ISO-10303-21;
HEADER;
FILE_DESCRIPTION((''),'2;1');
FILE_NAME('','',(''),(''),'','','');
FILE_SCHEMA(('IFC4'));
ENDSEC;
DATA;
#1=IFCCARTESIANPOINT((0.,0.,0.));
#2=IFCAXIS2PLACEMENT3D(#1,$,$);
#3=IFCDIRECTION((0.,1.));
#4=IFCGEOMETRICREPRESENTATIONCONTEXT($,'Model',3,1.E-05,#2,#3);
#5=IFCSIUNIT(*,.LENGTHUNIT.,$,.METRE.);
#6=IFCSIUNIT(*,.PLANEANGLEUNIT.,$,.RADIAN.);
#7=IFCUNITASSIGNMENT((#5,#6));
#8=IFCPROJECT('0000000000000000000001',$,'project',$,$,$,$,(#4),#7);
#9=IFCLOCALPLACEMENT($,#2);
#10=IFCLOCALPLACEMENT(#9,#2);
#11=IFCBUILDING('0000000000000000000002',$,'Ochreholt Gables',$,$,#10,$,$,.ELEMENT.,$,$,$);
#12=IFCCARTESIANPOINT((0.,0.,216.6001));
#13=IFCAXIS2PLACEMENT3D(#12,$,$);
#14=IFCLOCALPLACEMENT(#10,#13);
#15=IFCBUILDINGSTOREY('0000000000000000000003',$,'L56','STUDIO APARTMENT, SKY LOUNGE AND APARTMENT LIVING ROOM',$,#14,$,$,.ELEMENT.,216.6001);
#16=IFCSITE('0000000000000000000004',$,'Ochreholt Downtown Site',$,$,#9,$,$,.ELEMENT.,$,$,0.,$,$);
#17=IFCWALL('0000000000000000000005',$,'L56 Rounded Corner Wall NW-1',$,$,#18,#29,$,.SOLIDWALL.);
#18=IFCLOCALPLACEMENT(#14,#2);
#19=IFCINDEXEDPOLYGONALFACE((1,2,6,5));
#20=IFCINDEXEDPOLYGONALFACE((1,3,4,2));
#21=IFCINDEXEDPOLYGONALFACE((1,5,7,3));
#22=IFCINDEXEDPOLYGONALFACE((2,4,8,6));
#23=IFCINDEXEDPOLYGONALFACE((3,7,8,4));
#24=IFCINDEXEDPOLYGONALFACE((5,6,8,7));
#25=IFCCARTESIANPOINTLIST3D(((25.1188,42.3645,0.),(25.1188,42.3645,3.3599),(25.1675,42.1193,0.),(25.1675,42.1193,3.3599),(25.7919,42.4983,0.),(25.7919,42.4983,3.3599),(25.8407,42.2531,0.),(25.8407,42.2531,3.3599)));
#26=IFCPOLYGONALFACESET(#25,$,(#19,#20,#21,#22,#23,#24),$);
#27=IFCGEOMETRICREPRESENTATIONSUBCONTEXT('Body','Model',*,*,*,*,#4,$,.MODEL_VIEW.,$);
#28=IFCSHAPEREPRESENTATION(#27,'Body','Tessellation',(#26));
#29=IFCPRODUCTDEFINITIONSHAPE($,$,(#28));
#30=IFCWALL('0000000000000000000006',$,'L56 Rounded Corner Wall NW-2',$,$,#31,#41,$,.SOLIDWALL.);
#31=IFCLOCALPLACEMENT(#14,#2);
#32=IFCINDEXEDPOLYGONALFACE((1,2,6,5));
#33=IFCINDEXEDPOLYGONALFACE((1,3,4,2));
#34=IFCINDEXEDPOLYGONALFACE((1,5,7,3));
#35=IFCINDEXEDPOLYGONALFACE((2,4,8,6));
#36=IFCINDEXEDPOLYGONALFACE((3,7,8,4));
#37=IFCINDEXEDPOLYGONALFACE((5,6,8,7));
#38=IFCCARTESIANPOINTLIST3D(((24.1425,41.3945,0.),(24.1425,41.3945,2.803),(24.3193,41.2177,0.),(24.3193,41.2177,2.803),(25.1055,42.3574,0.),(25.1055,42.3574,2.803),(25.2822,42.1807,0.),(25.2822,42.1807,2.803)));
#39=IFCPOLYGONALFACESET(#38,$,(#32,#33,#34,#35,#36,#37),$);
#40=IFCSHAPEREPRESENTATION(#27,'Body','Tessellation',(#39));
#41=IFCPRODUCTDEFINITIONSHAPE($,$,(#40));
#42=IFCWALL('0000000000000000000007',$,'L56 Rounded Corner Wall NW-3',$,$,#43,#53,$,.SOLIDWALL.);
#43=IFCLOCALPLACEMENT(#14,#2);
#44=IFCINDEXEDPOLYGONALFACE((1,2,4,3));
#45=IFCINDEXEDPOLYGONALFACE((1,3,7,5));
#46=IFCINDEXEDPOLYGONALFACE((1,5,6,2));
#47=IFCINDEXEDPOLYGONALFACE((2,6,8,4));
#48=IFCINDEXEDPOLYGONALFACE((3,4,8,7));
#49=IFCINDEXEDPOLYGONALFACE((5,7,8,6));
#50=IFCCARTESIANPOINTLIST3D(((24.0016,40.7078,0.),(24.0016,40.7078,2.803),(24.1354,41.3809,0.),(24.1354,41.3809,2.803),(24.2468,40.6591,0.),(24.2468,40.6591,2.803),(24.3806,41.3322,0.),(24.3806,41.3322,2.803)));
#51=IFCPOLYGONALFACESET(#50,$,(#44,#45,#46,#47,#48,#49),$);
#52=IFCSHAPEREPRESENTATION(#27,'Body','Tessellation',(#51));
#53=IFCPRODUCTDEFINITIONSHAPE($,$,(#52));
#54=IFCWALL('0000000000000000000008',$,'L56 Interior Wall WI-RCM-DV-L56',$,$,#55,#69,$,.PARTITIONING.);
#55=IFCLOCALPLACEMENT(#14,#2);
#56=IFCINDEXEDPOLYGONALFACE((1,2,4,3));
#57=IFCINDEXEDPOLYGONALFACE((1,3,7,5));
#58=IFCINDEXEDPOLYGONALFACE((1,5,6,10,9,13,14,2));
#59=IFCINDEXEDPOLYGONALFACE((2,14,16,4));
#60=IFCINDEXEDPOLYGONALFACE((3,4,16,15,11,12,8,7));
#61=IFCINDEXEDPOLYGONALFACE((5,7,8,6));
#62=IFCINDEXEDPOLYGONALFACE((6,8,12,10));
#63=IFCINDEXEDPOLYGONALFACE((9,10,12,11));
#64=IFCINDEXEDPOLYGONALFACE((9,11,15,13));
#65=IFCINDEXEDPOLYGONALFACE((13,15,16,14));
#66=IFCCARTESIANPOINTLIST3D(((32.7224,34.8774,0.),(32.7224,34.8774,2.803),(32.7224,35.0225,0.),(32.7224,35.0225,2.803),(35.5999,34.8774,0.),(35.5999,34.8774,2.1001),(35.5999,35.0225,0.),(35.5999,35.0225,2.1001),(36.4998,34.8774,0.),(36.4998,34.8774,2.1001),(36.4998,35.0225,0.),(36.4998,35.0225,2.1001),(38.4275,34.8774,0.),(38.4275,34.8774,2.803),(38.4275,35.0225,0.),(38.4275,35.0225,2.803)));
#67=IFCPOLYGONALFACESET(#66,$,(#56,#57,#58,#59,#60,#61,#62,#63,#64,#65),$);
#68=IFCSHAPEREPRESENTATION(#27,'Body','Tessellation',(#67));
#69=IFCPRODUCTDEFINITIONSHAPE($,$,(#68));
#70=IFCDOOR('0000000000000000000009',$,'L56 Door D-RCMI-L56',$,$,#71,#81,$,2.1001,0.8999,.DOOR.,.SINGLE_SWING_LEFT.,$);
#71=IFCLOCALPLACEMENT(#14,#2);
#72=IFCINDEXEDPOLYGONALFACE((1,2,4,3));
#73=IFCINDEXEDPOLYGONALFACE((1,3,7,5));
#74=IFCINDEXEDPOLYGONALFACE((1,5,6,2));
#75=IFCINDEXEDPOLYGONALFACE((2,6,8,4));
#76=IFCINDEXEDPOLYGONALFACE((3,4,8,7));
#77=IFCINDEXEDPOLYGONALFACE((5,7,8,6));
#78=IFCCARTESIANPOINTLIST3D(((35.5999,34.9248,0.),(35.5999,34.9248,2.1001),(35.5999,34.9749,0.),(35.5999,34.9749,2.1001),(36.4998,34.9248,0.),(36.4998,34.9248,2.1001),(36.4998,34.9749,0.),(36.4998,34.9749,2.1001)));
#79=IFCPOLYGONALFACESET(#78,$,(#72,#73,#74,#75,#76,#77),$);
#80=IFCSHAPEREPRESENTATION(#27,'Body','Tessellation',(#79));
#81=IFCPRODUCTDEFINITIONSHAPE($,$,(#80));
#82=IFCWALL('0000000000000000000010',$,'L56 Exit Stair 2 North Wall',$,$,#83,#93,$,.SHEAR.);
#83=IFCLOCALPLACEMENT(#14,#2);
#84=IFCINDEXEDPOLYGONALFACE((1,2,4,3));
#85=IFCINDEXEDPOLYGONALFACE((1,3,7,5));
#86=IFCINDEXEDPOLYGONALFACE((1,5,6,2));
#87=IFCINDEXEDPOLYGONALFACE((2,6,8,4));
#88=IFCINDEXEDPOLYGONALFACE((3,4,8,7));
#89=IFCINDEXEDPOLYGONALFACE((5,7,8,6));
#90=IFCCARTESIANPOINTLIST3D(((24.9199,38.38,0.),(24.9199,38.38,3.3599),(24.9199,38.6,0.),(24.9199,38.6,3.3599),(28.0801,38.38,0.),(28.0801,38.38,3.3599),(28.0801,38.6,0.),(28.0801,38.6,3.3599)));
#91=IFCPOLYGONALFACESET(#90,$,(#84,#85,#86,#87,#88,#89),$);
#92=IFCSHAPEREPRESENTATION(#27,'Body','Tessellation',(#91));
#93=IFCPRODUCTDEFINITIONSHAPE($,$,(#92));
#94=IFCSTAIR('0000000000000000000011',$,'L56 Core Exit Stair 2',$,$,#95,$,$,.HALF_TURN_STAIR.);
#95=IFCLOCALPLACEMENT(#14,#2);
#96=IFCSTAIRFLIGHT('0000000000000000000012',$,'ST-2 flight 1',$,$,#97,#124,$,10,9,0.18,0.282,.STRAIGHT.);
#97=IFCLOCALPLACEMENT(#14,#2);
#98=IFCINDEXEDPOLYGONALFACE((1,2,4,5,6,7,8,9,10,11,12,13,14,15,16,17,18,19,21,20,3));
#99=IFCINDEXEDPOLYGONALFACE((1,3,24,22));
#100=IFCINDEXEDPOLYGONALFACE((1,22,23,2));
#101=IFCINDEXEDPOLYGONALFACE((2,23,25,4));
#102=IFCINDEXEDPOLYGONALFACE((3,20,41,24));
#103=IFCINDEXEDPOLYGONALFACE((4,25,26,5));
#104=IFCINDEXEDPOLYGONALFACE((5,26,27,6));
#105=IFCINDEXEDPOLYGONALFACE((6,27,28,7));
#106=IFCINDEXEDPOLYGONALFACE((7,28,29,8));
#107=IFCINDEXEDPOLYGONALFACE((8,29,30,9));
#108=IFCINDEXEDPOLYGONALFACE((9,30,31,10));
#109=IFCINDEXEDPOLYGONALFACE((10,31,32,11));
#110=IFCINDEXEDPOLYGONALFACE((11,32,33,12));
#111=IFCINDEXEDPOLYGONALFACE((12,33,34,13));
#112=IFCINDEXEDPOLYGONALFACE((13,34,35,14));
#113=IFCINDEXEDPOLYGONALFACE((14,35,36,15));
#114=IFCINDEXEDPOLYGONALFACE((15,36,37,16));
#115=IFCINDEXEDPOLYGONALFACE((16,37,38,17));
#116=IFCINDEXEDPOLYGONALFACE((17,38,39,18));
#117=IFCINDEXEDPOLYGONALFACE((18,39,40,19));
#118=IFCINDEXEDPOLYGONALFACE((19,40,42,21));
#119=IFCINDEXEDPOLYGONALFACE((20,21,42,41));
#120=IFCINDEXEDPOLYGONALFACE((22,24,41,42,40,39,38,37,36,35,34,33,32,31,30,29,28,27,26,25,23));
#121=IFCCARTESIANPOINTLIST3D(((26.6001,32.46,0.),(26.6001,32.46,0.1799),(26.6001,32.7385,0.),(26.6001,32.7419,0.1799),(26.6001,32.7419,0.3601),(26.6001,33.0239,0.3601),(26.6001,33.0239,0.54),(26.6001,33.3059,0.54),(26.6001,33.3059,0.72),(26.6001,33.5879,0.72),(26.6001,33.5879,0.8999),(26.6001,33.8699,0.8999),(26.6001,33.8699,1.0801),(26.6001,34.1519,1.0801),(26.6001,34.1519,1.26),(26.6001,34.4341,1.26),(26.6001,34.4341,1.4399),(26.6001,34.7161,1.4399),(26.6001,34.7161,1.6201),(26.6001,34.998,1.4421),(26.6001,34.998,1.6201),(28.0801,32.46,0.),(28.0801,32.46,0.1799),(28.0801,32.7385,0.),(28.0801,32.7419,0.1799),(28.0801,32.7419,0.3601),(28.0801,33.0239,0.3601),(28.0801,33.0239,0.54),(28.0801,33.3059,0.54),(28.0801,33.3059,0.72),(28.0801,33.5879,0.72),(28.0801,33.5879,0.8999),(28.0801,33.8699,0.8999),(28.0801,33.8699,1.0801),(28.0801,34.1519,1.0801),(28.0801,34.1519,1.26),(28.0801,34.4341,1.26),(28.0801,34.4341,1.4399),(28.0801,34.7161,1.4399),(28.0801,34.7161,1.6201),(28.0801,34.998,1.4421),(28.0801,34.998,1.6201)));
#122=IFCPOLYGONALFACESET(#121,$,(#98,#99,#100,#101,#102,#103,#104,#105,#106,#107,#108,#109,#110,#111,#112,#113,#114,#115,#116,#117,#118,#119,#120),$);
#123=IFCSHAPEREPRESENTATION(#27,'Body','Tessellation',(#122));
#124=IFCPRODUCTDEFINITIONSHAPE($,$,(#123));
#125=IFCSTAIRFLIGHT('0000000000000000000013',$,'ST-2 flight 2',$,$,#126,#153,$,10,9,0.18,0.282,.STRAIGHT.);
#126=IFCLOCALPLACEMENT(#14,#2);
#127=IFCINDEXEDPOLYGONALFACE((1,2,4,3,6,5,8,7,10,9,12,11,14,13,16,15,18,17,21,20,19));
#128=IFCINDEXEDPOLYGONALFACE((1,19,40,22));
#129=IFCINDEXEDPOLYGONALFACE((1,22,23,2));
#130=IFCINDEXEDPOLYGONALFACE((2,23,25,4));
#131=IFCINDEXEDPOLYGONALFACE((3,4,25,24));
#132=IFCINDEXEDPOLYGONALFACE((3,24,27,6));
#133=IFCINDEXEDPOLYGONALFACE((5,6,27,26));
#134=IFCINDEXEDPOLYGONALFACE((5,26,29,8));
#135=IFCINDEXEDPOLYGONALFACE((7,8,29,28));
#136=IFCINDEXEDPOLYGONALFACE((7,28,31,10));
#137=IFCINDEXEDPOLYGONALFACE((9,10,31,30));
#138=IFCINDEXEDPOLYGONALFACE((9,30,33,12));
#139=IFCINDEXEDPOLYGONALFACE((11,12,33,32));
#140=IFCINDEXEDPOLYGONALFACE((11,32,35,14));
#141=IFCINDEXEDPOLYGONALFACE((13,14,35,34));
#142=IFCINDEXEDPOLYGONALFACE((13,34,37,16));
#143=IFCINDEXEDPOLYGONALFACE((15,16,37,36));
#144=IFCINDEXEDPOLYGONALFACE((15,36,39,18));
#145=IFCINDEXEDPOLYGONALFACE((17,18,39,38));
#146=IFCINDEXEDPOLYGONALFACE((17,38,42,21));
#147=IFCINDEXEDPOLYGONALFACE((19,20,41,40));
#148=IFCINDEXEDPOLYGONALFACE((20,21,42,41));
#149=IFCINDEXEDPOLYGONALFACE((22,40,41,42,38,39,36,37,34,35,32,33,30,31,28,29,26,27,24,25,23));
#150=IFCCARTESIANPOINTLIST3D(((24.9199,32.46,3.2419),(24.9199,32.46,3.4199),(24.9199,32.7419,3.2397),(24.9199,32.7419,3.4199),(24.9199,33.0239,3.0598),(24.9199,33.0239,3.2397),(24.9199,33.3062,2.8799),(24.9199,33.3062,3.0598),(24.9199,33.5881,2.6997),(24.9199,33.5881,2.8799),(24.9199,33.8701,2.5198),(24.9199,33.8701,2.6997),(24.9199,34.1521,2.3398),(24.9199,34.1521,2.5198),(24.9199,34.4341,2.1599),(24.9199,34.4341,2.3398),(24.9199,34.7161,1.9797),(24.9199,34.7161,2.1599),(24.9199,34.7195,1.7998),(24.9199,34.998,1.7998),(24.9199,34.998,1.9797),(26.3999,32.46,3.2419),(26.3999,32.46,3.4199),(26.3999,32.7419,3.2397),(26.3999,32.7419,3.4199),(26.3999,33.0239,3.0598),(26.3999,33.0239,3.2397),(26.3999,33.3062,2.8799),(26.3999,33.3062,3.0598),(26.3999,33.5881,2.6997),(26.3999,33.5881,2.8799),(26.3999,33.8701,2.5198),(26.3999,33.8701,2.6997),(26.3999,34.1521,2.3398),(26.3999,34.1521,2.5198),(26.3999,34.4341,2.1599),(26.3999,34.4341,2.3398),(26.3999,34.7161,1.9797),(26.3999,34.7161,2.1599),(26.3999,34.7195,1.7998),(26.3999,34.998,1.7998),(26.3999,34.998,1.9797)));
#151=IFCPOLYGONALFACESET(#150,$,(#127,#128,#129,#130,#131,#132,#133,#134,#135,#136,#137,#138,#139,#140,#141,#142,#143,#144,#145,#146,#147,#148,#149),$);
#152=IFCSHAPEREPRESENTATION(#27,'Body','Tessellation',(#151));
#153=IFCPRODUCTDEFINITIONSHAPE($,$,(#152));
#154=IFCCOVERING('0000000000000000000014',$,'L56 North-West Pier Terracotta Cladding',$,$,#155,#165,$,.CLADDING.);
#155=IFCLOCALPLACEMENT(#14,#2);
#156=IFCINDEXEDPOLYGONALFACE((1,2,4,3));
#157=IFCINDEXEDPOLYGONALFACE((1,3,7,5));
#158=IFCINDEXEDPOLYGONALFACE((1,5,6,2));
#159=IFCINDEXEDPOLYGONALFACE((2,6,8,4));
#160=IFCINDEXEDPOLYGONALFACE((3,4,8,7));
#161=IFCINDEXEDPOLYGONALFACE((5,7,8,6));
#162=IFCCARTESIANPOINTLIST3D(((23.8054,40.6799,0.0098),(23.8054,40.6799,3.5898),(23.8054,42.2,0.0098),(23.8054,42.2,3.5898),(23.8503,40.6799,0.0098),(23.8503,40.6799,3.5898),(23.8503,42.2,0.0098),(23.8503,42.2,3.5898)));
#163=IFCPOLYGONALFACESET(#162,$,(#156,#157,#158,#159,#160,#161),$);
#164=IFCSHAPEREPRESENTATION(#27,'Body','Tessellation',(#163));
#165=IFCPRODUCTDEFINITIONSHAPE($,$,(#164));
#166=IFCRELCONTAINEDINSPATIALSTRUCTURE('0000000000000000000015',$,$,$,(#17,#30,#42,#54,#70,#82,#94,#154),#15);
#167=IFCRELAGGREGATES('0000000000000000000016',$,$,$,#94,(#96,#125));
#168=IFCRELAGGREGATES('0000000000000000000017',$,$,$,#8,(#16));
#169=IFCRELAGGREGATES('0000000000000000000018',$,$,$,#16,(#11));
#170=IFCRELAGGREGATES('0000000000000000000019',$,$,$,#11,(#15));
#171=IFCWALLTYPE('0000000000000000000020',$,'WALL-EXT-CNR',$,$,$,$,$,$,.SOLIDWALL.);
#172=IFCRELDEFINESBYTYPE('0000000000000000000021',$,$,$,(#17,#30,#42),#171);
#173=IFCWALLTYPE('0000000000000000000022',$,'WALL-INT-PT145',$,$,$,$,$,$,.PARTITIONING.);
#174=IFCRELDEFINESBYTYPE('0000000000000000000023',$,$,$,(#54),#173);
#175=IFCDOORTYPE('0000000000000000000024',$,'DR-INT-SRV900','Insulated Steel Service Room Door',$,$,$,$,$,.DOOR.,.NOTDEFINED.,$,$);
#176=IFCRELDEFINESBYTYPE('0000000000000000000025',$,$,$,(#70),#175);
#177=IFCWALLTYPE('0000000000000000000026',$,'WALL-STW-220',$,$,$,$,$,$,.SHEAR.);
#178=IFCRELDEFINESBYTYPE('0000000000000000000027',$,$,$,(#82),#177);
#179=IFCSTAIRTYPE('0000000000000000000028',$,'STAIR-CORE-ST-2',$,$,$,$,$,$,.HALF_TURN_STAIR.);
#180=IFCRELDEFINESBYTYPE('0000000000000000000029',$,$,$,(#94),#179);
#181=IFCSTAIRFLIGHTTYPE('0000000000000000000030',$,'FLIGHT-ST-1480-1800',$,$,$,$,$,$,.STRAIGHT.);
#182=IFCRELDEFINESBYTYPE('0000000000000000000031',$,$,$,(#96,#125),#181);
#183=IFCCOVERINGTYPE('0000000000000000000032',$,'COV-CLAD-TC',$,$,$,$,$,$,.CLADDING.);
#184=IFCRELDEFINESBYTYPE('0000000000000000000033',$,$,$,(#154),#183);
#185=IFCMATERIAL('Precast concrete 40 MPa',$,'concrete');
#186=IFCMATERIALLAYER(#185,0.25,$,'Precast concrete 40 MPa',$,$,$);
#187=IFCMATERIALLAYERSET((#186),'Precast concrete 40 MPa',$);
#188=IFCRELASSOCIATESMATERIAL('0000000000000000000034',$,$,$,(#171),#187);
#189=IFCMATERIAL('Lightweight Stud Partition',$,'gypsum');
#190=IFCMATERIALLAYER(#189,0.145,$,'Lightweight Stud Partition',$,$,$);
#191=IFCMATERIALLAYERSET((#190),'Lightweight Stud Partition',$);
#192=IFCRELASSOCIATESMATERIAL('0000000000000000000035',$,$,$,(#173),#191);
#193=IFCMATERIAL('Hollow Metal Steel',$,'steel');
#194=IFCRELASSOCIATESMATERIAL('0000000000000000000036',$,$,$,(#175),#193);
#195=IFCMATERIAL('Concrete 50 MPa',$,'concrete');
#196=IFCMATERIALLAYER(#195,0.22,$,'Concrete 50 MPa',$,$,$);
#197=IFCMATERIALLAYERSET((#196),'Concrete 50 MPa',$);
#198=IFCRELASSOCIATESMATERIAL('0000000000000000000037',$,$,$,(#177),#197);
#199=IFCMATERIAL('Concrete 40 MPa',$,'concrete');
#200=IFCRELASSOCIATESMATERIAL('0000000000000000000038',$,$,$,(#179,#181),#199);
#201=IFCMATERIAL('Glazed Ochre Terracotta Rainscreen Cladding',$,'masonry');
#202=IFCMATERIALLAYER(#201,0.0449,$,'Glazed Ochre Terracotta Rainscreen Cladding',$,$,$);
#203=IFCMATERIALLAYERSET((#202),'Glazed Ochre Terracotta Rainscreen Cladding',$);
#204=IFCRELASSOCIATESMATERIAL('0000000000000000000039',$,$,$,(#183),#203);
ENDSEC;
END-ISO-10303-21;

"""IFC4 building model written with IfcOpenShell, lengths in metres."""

from ifc_helpers import new_model, si_unit, direction, frame, frame_2d, origin, origin_2d, place, context, subcontext, project, spatial, polyline, rectangle, outline, extrude, material, layer, layer_set, type_object, element, fill, aggregate, save


model = new_model("IFC4")

# Units and contexts
model_context = context("Model", 3, precision=1e-05, world=origin(), true_north=direction((0.0, 1.0)))
body_context = subcontext(model_context, "Body", "Model", "MODEL_VIEW")
ifc_project = project(units=[si_unit("LENGTHUNIT", "METRE"), si_unit("PLANEANGLEUNIT", "RADIAN")], contexts=[model_context])

# Site, building, storey
site_placement = place(None, origin())
site = spatial("IfcSite", under=ifc_project, at=site_placement, Name="Ochreholt Downtown Site", CompositionType="ELEMENT", RefElevation=0.0)
building_placement = place(site_placement, origin())
building = spatial("IfcBuilding", under=site, at=building_placement, Name="Ochreholt Gables", CompositionType="ELEMENT")
storey_placement = place(building_placement, frame((0.0, 0.0, 216.6001)))
storey = spatial("IfcBuildingStorey", under=building, at=storey_placement, Name="L56", Description="STUDIO APARTMENT, SKY LOUNGE AND APARTMENT LIVING ROOM", CompositionType="ELEMENT", Elevation=216.6001)

# Shared definitions
ifc_material_1 = material(Name="Concrete 50 MPa", Category="concrete")

# Shared definitions
ifc_material_2 = material(Name="Hollow Metal Steel", Category="steel")

# Shared definitions
ifc_material_3 = material(Name="Precast concrete 40 MPa", Category="concrete")

# Walls
ifc_layer_1 = layer(ifc_material_3, 0.25, Name="Precast concrete 40 MPa")
ifc_layer_set_1 = layer_set([ifc_layer_1], Name="Precast concrete 40 MPa")
wall_type_1 = type_object("IfcWallType", Name="WALL-EXT-CNR", PredefinedType="SOLIDWALL", material=ifc_layer_set_1)
wall_1_placement = place(storey_placement, frame((25.8164, 42.3757, 0.0), z_axis=(0.0, 0.0, 1.0), x_axis=(-0.980813, -0.194953, 0.0)))
element("IfcWall", 1, at=wall_1_placement, inside=storey, type_object=wall_type_1, Name="L56 Rounded Corner Wall NW-1", PredefinedType="SOLIDWALL", context=body_context, shape_type="SweptSolid", body=[
    extrude(rectangle(XDim=0.6863, YDim=0.25, at=frame_2d((0.3433, 0.0))), origin(), (0.0, 0.0, 1.0), 3.3599),
])
wall_2_placement = place(storey_placement, frame((25.1938, 42.269, 0.0), z_axis=(0.0, 0.0, 1.0), x_axis=(-0.707107, -0.707107, 0.0)))
element("IfcWall", 2, at=wall_2_placement, inside=storey, type_object=wall_type_1, Name="L56 Rounded Corner Wall NW-2", PredefinedType="SOLIDWALL", context=body_context, shape_type="SweptSolid", body=[
    extrude(rectangle(XDim=1.3618, YDim=0.25, at=frame_2d((0.6809, 0.0))), origin(), (0.0, 0.0, 1.0), 2.803),
])
wall_3_placement = place(storey_placement, frame((24.2581, 41.3567, 0.0), z_axis=(0.0, 0.0, 1.0), x_axis=(-0.194953, -0.980813, 0.0)))
element("IfcWall", 3, at=wall_3_placement, inside=storey, type_object=wall_type_1, Name="L56 Rounded Corner Wall NW-3", PredefinedType="SOLIDWALL", context=body_context, shape_type="SweptSolid", body=[
    extrude(rectangle(XDim=0.6863, YDim=0.25, at=frame_2d((0.3433, 0.0))), origin(), (0.0, 0.0, 1.0), 2.803),
])

# Wall, opening, door
ifc_material_4 = material(Name="Lightweight Stud Partition", Category="gypsum")
ifc_layer_2 = layer(ifc_material_4, 0.145, Name="Lightweight Stud Partition")
ifc_layer_set_2 = layer_set([ifc_layer_2], Name="Lightweight Stud Partition")
wall_type_2 = type_object("IfcWallType", Name="WALL-INT-PT145", PredefinedType="PARTITIONING", material=ifc_layer_set_2)
wall_4_placement = place(storey_placement, frame((32.7224, 34.95, 0.0), z_axis=(0.0, 0.0, 1.0), x_axis=(1.0, 0.0, 0.0)))
wall_4 = element("IfcWall", 4, at=wall_4_placement, inside=storey, type_object=wall_type_2, Name="L56 Interior Wall WI-RCM-DV-L56", PredefinedType="PARTITIONING", context=body_context, shape_type="SweptSolid", body=[
    extrude(rectangle(XDim=5.7051, YDim=0.145, at=frame_2d((2.8525, 0.0))), origin(), (0.0, 0.0, 1.0), 2.803),
])
opening_1_placement = place(wall_4_placement, frame((2.8774, 0.0, 0.0)))
opening_1 = element("IfcOpeningElement", 5, at=opening_1_placement, cuts=wall_4, PredefinedType="OPENING", context=body_context, shape_type="SweptSolid", body=[
    extrude(rectangle(XDim=0.8999, YDim=2.1001, at=frame_2d((0.45, 1.05))), frame((0.0, 0.0825, 0.0), z_axis=(0.0, -1.0, 0.0), x_axis=(1.0, 0.0, 0.0)), (0.0, 0.0, 1.0), 0.165),
])
door_type_1 = type_object("IfcDoorType", Name="DR-INT-SRV900", Description="Insulated Steel Service Room Door", OperationType="NOTDEFINED", PredefinedType="DOOR", material=ifc_material_2)
door_1_placement = place(opening_1_placement, origin())
door_1 = element("IfcDoor", 6, at=door_1_placement, inside=storey, type_object=door_type_1, Name="L56 Door D-RCMI-L56", OperationType="SINGLE_SWING_LEFT", OverallHeight=2.1001, OverallWidth=0.8999, PredefinedType="DOOR", context=body_context, shape_type="SweptSolid", body=[
    extrude(rectangle(XDim=0.8999, YDim=2.1001, at=frame_2d((0.45, 1.05))), frame((0.0, 0.0249, 0.0), z_axis=(0.0, -1.0, 0.0), x_axis=(1.0, 0.0, 0.0)), (0.0, 0.0, 1.0), 0.05),
])
fill(opening_1, door_1)

# Wall
ifc_layer_3 = layer(ifc_material_1, 0.22, Name="Concrete 50 MPa")
ifc_layer_set_3 = layer_set([ifc_layer_3], Name="Concrete 50 MPa")
wall_type_3 = type_object("IfcWallType", Name="WALL-STW-220", PredefinedType="SHEAR", material=ifc_layer_set_3)
wall_5_placement = place(storey_placement, frame((24.9199, 38.49, 0.0), z_axis=(0.0, 0.0, 1.0), x_axis=(1.0, 0.0, 0.0)))
element("IfcWall", 7, at=wall_5_placement, inside=storey, type_object=wall_type_3, Name="L56 Exit Stair 2 North Wall", PredefinedType="SHEAR", context=body_context, shape_type="SweptSolid", body=[
    extrude(rectangle(XDim=3.1602, YDim=0.22, at=frame_2d((1.5801, 0.0))), origin(), (0.0, 0.0, 1.0), 3.3599),
])

# Stair, stair flights
ifc_material_5 = material(Name="Concrete 40 MPa", Category="concrete")
stair_type = type_object("IfcStairType", Name="STAIR-CORE-ST-2", PredefinedType="HALF_TURN_STAIR", material=ifc_material_5)
stair_placement = place(storey_placement, origin())
stair = element("IfcStair", 8, at=stair_placement, inside=storey, type_object=stair_type, Name="L56 Core Exit Stair 2", PredefinedType="HALF_TURN_STAIR")
stair_flight_type = type_object("IfcStairFlightType", Name="FLIGHT-ST-1480-1800", PredefinedType="STRAIGHT", material=ifc_material_5)
stair_flight_1_placement = place(storey_placement, frame((27.3401, 32.46, 0.0), z_axis=(0.0, 0.0, 1.0), x_axis=(0.0, 1.0, 0.0)))
stair_flight_1 = element("IfcStairFlight", 9, at=stair_flight_1_placement, type_object=stair_flight_type, Name="ST-2 flight 1", NumberOfRisers=10, NumberOfTreads=9, PredefinedType="STRAIGHT", RiserHeight=0.18, TreadLength=0.282, context=body_context, shape_type="SweptSolid", body=[
    extrude(outline(polyline([(0.0, 0.0), (0.0, 0.1799), (0.282, 0.1799), (0.282, 0.3601), (0.564, 0.3601), (0.564, 0.54), (0.8459, 0.54), (0.8459, 0.72), (1.1279, 0.72), (1.1279, 0.8999), (1.4099, 0.8999), (1.4099, 1.0801), (1.6919, 1.0801), (1.6919, 1.26), (1.9741, 1.26), (1.9741, 1.4399), (2.2561, 1.4399), (2.2561, 1.6201), (2.5381, 1.6201), (2.5381, 1.8), (2.5381, 1.4421), (0.2786, 0.0), (0.0, 0.0)])), frame((0.0, 0.74, 0.0), z_axis=(0.0, -1.0, 0.0), x_axis=(1.0, 0.0, 0.0)), (0.0, 0.0, 1.0), 1.48),
])
stair_flight_2_placement = place(storey_placement, frame((25.6599, 34.998, 1.7998), z_axis=(0.0, 0.0, 1.0), x_axis=(0.0, -1.0, 0.0)))
stair_flight_2 = element("IfcStairFlight", 10, at=stair_flight_2_placement, type_object=stair_flight_type, Name="ST-2 flight 2", NumberOfRisers=10, NumberOfTreads=9, PredefinedType="STRAIGHT", RiserHeight=0.18, TreadLength=0.282, context=body_context, shape_type="SweptSolid", body=[
    extrude(outline(polyline([(0.0, 0.0), (0.0, 0.1799), (0.282, 0.1799), (0.282, 0.3601), (0.564, 0.3601), (0.564, 0.54), (0.8459, 0.54), (0.8459, 0.72), (1.1279, 0.72), (1.1279, 0.8999), (1.4099, 0.8999), (1.4099, 1.0801), (1.6919, 1.0801), (1.6919, 1.26), (1.9741, 1.26), (1.9741, 1.4399), (2.2561, 1.4399), (2.2561, 1.6201), (2.5381, 1.6201), (2.5381, 1.8), (2.5381, 1.4421), (0.2786, 0.0), (0.0, 0.0)])), frame((0.0, 0.74, 0.0), z_axis=(0.0, -1.0, 0.0), x_axis=(1.0, 0.0, 0.0)), (0.0, 0.0, 1.0), 1.48),
])
aggregate(stair, [stair_flight_1, stair_flight_2])

# Covering
ifc_material_6 = material(Name="Glazed Ochre Terracotta Rainscreen Cladding", Category="masonry")
ifc_layer_4 = layer(ifc_material_6, 0.0449, Name="Glazed Ochre Terracotta Rainscreen Cladding")
ifc_layer_set_4 = layer_set([ifc_layer_4], Name="Glazed Ochre Terracotta Rainscreen Cladding")
covering_type = type_object("IfcCoveringType", Name="COV-CLAD-TC", PredefinedType="CLADDING", material=ifc_layer_set_4)
covering_placement = place(storey_placement, frame((23.8279, 41.4399, 0.0098), z_axis=(0.0, 0.0, 1.0), x_axis=(0.0, 1.0, 0.0)))
element("IfcCovering", 11, at=covering_placement, inside=storey, type_object=covering_type, Name="L56 North-West Pier Terracotta Cladding", PredefinedType="CLADDING", context=body_context, shape_type="SweptSolid", body=[
    extrude(rectangle(XDim=1.52, YDim=0.0449, at=origin_2d()), origin(), (0.0, 0.0, 1.0), 3.5801),
])

save(model, "model.ifc")
